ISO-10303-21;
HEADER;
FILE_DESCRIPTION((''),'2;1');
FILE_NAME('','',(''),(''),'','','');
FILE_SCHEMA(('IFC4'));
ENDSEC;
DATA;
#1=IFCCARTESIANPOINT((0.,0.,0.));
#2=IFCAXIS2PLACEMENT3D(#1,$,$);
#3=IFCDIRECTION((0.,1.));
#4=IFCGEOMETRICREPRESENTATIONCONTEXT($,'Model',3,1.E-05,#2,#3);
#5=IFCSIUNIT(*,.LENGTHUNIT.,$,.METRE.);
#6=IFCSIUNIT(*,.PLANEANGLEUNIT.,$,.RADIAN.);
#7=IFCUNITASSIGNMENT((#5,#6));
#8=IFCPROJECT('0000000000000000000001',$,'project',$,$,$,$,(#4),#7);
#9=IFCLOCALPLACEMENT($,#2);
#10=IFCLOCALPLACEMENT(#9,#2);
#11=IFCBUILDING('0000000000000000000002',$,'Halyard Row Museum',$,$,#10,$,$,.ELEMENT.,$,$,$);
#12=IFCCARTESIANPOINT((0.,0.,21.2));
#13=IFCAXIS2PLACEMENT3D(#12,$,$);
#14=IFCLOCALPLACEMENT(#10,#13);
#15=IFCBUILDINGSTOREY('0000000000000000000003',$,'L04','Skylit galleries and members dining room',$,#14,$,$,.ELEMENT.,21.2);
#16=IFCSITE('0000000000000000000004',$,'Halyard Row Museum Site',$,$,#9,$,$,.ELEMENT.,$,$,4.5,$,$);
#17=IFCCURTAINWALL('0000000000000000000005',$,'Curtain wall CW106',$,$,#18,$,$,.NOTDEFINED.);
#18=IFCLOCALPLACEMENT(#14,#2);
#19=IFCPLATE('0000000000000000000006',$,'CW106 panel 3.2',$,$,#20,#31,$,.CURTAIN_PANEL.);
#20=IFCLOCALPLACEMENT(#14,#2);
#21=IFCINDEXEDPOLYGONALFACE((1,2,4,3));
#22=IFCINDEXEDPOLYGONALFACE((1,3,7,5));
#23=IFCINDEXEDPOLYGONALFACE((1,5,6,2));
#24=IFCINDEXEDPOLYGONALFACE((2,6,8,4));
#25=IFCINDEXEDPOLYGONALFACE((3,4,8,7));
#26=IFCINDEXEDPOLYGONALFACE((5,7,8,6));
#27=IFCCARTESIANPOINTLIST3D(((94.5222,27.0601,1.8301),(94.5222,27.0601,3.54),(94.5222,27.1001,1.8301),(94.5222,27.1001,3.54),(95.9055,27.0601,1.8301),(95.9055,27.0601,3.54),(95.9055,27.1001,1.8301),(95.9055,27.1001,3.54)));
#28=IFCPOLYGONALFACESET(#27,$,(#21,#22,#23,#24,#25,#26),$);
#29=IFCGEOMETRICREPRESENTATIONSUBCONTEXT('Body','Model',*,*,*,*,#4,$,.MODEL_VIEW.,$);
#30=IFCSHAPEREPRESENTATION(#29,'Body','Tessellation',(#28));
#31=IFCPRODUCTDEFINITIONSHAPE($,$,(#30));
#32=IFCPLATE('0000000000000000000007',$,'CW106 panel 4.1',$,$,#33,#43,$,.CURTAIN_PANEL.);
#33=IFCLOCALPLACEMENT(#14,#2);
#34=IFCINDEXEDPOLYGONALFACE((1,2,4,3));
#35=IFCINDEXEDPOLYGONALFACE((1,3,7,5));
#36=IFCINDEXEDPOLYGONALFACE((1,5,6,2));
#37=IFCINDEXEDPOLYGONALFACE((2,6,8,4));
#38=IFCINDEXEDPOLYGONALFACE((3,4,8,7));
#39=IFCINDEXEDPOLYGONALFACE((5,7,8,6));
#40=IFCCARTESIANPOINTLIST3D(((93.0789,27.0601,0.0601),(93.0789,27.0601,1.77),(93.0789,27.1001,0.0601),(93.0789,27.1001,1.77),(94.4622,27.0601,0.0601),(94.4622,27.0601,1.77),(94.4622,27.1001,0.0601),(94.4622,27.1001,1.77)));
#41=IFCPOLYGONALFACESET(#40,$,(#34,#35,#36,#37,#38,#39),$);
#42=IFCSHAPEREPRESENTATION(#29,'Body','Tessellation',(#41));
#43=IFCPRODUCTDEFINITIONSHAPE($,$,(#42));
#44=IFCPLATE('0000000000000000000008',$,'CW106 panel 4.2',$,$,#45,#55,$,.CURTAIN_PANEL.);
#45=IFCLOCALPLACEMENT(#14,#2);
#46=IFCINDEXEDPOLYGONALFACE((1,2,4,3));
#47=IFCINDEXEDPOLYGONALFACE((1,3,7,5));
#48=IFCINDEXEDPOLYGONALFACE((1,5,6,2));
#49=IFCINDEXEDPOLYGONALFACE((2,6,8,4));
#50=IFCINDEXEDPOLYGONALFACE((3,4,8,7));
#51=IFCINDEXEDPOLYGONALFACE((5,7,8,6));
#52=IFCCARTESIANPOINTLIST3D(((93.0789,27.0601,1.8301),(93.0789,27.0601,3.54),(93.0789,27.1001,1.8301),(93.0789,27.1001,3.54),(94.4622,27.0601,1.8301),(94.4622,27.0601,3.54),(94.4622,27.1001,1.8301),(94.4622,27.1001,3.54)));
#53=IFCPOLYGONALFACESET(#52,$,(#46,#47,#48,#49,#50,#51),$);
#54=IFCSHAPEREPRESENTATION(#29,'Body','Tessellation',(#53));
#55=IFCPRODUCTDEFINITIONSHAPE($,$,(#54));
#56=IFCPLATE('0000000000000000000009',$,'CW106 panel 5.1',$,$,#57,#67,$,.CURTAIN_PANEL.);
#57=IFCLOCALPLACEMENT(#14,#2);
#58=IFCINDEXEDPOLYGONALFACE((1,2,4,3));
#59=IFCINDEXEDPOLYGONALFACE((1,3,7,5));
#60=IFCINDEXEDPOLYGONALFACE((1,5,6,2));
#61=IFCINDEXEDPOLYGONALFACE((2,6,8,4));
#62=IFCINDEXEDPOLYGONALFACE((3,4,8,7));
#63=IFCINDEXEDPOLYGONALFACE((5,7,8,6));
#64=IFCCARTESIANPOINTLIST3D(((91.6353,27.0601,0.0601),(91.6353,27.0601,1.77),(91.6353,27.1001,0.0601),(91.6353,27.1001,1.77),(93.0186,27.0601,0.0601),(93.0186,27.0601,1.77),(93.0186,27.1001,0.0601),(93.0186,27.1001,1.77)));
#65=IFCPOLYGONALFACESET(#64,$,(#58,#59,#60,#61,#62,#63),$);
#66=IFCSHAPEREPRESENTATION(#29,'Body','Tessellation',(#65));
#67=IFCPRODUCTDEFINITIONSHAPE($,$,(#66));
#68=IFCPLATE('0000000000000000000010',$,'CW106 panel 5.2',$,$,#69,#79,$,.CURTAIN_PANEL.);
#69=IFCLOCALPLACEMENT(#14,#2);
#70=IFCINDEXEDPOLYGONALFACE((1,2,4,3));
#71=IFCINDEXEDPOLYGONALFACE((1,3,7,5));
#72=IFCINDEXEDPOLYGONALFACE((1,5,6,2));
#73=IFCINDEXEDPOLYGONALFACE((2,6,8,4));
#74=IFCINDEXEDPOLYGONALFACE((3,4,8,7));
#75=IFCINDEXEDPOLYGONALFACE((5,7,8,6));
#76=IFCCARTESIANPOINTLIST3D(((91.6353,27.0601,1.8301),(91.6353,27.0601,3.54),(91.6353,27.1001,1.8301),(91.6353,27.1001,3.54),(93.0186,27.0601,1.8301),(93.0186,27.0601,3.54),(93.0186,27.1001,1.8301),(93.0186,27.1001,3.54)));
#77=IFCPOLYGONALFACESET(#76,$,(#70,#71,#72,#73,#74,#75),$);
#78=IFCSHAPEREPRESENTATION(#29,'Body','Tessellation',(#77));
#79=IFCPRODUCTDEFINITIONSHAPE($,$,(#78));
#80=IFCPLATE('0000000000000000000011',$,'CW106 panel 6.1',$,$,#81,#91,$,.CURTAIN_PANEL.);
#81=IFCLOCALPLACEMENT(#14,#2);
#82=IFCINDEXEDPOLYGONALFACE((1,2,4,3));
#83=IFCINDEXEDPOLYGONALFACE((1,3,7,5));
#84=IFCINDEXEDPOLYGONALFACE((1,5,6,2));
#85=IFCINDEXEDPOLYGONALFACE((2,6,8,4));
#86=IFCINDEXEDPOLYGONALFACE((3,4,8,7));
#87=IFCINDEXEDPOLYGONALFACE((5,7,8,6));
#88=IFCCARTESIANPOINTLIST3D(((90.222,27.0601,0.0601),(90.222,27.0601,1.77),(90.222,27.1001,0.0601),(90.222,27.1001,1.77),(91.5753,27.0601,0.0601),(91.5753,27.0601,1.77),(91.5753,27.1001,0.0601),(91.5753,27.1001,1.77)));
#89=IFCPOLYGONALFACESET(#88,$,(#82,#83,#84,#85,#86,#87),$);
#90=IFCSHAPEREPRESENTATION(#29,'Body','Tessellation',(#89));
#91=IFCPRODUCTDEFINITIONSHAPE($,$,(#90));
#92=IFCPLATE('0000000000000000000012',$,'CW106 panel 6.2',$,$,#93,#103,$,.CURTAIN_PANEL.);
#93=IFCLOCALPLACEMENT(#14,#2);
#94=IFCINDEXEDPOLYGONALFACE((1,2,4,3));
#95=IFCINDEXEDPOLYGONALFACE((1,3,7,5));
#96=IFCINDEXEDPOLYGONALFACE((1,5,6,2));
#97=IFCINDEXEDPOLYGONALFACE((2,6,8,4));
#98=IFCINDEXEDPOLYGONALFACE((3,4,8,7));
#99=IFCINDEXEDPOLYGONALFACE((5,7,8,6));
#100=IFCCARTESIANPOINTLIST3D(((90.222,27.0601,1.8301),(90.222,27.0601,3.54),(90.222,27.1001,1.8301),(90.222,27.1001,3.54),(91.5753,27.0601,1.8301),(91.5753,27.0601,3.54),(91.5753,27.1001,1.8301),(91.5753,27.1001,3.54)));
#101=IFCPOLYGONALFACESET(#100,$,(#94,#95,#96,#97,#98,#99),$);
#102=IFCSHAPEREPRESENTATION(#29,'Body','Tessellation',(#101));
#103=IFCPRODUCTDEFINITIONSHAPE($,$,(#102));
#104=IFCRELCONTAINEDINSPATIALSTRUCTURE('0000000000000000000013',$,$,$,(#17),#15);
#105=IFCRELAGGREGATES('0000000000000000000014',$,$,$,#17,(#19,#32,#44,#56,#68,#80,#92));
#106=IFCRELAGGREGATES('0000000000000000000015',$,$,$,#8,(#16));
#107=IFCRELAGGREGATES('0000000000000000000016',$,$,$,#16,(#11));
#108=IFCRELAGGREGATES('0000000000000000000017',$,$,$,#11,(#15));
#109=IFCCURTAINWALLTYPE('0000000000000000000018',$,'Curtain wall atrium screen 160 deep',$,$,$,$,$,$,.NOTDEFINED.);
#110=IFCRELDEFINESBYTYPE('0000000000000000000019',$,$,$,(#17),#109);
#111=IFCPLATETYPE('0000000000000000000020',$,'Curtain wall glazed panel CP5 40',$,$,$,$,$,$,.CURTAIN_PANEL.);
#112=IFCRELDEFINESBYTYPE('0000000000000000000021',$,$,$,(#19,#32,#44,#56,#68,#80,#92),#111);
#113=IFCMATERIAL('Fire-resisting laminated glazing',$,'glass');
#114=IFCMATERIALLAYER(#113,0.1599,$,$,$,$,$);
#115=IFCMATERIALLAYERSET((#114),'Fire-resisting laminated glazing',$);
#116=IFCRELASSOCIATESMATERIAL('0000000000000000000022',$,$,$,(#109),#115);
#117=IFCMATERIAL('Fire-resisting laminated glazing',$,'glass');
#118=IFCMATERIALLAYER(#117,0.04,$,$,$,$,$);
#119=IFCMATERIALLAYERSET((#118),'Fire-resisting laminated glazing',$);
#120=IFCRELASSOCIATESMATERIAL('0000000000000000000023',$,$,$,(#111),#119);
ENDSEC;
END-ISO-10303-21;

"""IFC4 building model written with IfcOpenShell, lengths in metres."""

from ifc_helpers import new_model, si_unit, direction, frame, origin, origin_2d, place, context, subcontext, project, spatial, rectangle, extrude, material, layer, layer_set, type_object, element, aggregate, save


model = new_model("IFC4")

# Units and contexts
model_context = context("Model", 3, precision=1e-05, world=origin(), true_north=direction((0.0, 1.0)))
body_context = subcontext(model_context, "Body", "Model", "MODEL_VIEW")
ifc_project = project(units=[si_unit("LENGTHUNIT", "METRE"), si_unit("PLANEANGLEUNIT", "RADIAN")], contexts=[model_context])

# Site, building, storey
site_placement = place(None, origin())
site = spatial("IfcSite", under=ifc_project, at=site_placement, Name="Halyard Row Museum Site", CompositionType="ELEMENT", RefElevation=4.5)
building_placement = place(site_placement, origin())
building = spatial("IfcBuilding", under=site, at=building_placement, Name="Halyard Row Museum", CompositionType="ELEMENT")
storey_placement = place(building_placement, frame((0.0, 0.0, 21.2)))
storey = spatial("IfcBuildingStorey", under=building, at=storey_placement, Name="L04", Description="Skylit galleries and members dining room", CompositionType="ELEMENT", Elevation=21.2)

# Curtain wall
ifc_material_1 = material(Name="Fire-resisting laminated glazing", Category="glass")
ifc_layer_1 = layer(ifc_material_1, 0.1599)
ifc_layer_set_1 = layer_set([ifc_layer_1], Name="Fire-resisting laminated glazing")
curtain_wall_type = type_object("IfcCurtainWallType", Name="Curtain wall atrium screen 160 deep", PredefinedType="NOTDEFINED", material=ifc_layer_set_1)
curtain_wall_placement = place(storey_placement, origin())
curtain_wall = element("IfcCurtainWall", 1, at=curtain_wall_placement, inside=storey, type_object=curtain_wall_type, Name="Curtain wall CW106", PredefinedType="NOTDEFINED")

# Plates
ifc_material_2 = material(Name="Fire-resisting laminated glazing", Category="glass")
ifc_layer_2 = layer(ifc_material_2, 0.04)
ifc_layer_set_2 = layer_set([ifc_layer_2], Name="Fire-resisting laminated glazing")
plate_type = type_object("IfcPlateType", Name="Curtain wall glazed panel CP5 40", PredefinedType="CURTAIN_PANEL", material=ifc_layer_set_2)
plate_1_placement = place(storey_placement, frame((95.2139, 27.0801, 1.8301), z_axis=(0.0, 0.0, 1.0), x_axis=(-1.0, 0.0, 0.0)))
plate_1 = element("IfcPlate", 2, at=plate_1_placement, type_object=plate_type, Name="CW106 panel 3.2", PredefinedType="CURTAIN_PANEL", context=body_context, shape_type="SweptSolid", body=[
    extrude(rectangle(XDim=1.3833, YDim=0.04, at=origin_2d()), origin(), (0.0, 0.0, 1.0), 1.71),
])
plate_2_placement = place(storey_placement, frame((93.7705, 27.0801, 0.0601), z_axis=(0.0, 0.0, 1.0), x_axis=(-1.0, 0.0, 0.0)))
plate_2 = element("IfcPlate", 3, at=plate_2_placement, type_object=plate_type, Name="CW106 panel 4.1", PredefinedType="CURTAIN_PANEL", context=body_context, shape_type="SweptSolid", body=[
    extrude(rectangle(XDim=1.3833, YDim=0.04, at=origin_2d()), origin(), (0.0, 0.0, 1.0), 1.71),
])
plate_3_placement = place(storey_placement, frame((93.7705, 27.0801, 1.8301), z_axis=(0.0, 0.0, 1.0), x_axis=(-1.0, 0.0, 0.0)))
plate_3 = element("IfcPlate", 4, at=plate_3_placement, type_object=plate_type, Name="CW106 panel 4.2", PredefinedType="CURTAIN_PANEL", context=body_context, shape_type="SweptSolid", body=[
    extrude(rectangle(XDim=1.3833, YDim=0.04, at=origin_2d()), origin(), (0.0, 0.0, 1.0), 1.71),
])
plate_4_placement = place(storey_placement, frame((92.3269, 27.0801, 0.0601), z_axis=(0.0, 0.0, 1.0), x_axis=(-1.0, 0.0, 0.0)))
plate_4 = element("IfcPlate", 5, at=plate_4_placement, type_object=plate_type, Name="CW106 panel 5.1", PredefinedType="CURTAIN_PANEL", context=body_context, shape_type="SweptSolid", body=[
    extrude(rectangle(XDim=1.3833, YDim=0.04, at=origin_2d()), origin(), (0.0, 0.0, 1.0), 1.71),
])
plate_5_placement = place(storey_placement, frame((92.3269, 27.0801, 1.8301), z_axis=(0.0, 0.0, 1.0), x_axis=(-1.0, 0.0, 0.0)))
plate_5 = element("IfcPlate", 6, at=plate_5_placement, type_object=plate_type, Name="CW106 panel 5.2", PredefinedType="CURTAIN_PANEL", context=body_context, shape_type="SweptSolid", body=[
    extrude(rectangle(XDim=1.3833, YDim=0.04, at=origin_2d()), origin(), (0.0, 0.0, 1.0), 1.71),
])
plate_6_placement = place(storey_placement, frame((90.8987, 27.0801, 0.0601), z_axis=(0.0, 0.0, 1.0), x_axis=(-1.0, 0.0, 0.0)))
plate_6 = element("IfcPlate", 7, at=plate_6_placement, type_object=plate_type, Name="CW106 panel 6.1", PredefinedType="CURTAIN_PANEL", context=body_context, shape_type="SweptSolid", body=[
    extrude(rectangle(XDim=1.3533, YDim=0.04, at=origin_2d()), origin(), (0.0, 0.0, 1.0), 1.71),
])
plate_7_placement = place(storey_placement, frame((90.8987, 27.0801, 1.8301), z_axis=(0.0, 0.0, 1.0), x_axis=(-1.0, 0.0, 0.0)))
plate_7 = element("IfcPlate", 8, at=plate_7_placement, type_object=plate_type, Name="CW106 panel 6.2", PredefinedType="CURTAIN_PANEL", context=body_context, shape_type="SweptSolid", body=[
    extrude(rectangle(XDim=1.3533, YDim=0.04, at=origin_2d()), origin(), (0.0, 0.0, 1.0), 1.71),
])
aggregate(curtain_wall, [plate_1, plate_2, plate_3, plate_4, plate_5, plate_6, plate_7])

save(model, "model.ifc")
